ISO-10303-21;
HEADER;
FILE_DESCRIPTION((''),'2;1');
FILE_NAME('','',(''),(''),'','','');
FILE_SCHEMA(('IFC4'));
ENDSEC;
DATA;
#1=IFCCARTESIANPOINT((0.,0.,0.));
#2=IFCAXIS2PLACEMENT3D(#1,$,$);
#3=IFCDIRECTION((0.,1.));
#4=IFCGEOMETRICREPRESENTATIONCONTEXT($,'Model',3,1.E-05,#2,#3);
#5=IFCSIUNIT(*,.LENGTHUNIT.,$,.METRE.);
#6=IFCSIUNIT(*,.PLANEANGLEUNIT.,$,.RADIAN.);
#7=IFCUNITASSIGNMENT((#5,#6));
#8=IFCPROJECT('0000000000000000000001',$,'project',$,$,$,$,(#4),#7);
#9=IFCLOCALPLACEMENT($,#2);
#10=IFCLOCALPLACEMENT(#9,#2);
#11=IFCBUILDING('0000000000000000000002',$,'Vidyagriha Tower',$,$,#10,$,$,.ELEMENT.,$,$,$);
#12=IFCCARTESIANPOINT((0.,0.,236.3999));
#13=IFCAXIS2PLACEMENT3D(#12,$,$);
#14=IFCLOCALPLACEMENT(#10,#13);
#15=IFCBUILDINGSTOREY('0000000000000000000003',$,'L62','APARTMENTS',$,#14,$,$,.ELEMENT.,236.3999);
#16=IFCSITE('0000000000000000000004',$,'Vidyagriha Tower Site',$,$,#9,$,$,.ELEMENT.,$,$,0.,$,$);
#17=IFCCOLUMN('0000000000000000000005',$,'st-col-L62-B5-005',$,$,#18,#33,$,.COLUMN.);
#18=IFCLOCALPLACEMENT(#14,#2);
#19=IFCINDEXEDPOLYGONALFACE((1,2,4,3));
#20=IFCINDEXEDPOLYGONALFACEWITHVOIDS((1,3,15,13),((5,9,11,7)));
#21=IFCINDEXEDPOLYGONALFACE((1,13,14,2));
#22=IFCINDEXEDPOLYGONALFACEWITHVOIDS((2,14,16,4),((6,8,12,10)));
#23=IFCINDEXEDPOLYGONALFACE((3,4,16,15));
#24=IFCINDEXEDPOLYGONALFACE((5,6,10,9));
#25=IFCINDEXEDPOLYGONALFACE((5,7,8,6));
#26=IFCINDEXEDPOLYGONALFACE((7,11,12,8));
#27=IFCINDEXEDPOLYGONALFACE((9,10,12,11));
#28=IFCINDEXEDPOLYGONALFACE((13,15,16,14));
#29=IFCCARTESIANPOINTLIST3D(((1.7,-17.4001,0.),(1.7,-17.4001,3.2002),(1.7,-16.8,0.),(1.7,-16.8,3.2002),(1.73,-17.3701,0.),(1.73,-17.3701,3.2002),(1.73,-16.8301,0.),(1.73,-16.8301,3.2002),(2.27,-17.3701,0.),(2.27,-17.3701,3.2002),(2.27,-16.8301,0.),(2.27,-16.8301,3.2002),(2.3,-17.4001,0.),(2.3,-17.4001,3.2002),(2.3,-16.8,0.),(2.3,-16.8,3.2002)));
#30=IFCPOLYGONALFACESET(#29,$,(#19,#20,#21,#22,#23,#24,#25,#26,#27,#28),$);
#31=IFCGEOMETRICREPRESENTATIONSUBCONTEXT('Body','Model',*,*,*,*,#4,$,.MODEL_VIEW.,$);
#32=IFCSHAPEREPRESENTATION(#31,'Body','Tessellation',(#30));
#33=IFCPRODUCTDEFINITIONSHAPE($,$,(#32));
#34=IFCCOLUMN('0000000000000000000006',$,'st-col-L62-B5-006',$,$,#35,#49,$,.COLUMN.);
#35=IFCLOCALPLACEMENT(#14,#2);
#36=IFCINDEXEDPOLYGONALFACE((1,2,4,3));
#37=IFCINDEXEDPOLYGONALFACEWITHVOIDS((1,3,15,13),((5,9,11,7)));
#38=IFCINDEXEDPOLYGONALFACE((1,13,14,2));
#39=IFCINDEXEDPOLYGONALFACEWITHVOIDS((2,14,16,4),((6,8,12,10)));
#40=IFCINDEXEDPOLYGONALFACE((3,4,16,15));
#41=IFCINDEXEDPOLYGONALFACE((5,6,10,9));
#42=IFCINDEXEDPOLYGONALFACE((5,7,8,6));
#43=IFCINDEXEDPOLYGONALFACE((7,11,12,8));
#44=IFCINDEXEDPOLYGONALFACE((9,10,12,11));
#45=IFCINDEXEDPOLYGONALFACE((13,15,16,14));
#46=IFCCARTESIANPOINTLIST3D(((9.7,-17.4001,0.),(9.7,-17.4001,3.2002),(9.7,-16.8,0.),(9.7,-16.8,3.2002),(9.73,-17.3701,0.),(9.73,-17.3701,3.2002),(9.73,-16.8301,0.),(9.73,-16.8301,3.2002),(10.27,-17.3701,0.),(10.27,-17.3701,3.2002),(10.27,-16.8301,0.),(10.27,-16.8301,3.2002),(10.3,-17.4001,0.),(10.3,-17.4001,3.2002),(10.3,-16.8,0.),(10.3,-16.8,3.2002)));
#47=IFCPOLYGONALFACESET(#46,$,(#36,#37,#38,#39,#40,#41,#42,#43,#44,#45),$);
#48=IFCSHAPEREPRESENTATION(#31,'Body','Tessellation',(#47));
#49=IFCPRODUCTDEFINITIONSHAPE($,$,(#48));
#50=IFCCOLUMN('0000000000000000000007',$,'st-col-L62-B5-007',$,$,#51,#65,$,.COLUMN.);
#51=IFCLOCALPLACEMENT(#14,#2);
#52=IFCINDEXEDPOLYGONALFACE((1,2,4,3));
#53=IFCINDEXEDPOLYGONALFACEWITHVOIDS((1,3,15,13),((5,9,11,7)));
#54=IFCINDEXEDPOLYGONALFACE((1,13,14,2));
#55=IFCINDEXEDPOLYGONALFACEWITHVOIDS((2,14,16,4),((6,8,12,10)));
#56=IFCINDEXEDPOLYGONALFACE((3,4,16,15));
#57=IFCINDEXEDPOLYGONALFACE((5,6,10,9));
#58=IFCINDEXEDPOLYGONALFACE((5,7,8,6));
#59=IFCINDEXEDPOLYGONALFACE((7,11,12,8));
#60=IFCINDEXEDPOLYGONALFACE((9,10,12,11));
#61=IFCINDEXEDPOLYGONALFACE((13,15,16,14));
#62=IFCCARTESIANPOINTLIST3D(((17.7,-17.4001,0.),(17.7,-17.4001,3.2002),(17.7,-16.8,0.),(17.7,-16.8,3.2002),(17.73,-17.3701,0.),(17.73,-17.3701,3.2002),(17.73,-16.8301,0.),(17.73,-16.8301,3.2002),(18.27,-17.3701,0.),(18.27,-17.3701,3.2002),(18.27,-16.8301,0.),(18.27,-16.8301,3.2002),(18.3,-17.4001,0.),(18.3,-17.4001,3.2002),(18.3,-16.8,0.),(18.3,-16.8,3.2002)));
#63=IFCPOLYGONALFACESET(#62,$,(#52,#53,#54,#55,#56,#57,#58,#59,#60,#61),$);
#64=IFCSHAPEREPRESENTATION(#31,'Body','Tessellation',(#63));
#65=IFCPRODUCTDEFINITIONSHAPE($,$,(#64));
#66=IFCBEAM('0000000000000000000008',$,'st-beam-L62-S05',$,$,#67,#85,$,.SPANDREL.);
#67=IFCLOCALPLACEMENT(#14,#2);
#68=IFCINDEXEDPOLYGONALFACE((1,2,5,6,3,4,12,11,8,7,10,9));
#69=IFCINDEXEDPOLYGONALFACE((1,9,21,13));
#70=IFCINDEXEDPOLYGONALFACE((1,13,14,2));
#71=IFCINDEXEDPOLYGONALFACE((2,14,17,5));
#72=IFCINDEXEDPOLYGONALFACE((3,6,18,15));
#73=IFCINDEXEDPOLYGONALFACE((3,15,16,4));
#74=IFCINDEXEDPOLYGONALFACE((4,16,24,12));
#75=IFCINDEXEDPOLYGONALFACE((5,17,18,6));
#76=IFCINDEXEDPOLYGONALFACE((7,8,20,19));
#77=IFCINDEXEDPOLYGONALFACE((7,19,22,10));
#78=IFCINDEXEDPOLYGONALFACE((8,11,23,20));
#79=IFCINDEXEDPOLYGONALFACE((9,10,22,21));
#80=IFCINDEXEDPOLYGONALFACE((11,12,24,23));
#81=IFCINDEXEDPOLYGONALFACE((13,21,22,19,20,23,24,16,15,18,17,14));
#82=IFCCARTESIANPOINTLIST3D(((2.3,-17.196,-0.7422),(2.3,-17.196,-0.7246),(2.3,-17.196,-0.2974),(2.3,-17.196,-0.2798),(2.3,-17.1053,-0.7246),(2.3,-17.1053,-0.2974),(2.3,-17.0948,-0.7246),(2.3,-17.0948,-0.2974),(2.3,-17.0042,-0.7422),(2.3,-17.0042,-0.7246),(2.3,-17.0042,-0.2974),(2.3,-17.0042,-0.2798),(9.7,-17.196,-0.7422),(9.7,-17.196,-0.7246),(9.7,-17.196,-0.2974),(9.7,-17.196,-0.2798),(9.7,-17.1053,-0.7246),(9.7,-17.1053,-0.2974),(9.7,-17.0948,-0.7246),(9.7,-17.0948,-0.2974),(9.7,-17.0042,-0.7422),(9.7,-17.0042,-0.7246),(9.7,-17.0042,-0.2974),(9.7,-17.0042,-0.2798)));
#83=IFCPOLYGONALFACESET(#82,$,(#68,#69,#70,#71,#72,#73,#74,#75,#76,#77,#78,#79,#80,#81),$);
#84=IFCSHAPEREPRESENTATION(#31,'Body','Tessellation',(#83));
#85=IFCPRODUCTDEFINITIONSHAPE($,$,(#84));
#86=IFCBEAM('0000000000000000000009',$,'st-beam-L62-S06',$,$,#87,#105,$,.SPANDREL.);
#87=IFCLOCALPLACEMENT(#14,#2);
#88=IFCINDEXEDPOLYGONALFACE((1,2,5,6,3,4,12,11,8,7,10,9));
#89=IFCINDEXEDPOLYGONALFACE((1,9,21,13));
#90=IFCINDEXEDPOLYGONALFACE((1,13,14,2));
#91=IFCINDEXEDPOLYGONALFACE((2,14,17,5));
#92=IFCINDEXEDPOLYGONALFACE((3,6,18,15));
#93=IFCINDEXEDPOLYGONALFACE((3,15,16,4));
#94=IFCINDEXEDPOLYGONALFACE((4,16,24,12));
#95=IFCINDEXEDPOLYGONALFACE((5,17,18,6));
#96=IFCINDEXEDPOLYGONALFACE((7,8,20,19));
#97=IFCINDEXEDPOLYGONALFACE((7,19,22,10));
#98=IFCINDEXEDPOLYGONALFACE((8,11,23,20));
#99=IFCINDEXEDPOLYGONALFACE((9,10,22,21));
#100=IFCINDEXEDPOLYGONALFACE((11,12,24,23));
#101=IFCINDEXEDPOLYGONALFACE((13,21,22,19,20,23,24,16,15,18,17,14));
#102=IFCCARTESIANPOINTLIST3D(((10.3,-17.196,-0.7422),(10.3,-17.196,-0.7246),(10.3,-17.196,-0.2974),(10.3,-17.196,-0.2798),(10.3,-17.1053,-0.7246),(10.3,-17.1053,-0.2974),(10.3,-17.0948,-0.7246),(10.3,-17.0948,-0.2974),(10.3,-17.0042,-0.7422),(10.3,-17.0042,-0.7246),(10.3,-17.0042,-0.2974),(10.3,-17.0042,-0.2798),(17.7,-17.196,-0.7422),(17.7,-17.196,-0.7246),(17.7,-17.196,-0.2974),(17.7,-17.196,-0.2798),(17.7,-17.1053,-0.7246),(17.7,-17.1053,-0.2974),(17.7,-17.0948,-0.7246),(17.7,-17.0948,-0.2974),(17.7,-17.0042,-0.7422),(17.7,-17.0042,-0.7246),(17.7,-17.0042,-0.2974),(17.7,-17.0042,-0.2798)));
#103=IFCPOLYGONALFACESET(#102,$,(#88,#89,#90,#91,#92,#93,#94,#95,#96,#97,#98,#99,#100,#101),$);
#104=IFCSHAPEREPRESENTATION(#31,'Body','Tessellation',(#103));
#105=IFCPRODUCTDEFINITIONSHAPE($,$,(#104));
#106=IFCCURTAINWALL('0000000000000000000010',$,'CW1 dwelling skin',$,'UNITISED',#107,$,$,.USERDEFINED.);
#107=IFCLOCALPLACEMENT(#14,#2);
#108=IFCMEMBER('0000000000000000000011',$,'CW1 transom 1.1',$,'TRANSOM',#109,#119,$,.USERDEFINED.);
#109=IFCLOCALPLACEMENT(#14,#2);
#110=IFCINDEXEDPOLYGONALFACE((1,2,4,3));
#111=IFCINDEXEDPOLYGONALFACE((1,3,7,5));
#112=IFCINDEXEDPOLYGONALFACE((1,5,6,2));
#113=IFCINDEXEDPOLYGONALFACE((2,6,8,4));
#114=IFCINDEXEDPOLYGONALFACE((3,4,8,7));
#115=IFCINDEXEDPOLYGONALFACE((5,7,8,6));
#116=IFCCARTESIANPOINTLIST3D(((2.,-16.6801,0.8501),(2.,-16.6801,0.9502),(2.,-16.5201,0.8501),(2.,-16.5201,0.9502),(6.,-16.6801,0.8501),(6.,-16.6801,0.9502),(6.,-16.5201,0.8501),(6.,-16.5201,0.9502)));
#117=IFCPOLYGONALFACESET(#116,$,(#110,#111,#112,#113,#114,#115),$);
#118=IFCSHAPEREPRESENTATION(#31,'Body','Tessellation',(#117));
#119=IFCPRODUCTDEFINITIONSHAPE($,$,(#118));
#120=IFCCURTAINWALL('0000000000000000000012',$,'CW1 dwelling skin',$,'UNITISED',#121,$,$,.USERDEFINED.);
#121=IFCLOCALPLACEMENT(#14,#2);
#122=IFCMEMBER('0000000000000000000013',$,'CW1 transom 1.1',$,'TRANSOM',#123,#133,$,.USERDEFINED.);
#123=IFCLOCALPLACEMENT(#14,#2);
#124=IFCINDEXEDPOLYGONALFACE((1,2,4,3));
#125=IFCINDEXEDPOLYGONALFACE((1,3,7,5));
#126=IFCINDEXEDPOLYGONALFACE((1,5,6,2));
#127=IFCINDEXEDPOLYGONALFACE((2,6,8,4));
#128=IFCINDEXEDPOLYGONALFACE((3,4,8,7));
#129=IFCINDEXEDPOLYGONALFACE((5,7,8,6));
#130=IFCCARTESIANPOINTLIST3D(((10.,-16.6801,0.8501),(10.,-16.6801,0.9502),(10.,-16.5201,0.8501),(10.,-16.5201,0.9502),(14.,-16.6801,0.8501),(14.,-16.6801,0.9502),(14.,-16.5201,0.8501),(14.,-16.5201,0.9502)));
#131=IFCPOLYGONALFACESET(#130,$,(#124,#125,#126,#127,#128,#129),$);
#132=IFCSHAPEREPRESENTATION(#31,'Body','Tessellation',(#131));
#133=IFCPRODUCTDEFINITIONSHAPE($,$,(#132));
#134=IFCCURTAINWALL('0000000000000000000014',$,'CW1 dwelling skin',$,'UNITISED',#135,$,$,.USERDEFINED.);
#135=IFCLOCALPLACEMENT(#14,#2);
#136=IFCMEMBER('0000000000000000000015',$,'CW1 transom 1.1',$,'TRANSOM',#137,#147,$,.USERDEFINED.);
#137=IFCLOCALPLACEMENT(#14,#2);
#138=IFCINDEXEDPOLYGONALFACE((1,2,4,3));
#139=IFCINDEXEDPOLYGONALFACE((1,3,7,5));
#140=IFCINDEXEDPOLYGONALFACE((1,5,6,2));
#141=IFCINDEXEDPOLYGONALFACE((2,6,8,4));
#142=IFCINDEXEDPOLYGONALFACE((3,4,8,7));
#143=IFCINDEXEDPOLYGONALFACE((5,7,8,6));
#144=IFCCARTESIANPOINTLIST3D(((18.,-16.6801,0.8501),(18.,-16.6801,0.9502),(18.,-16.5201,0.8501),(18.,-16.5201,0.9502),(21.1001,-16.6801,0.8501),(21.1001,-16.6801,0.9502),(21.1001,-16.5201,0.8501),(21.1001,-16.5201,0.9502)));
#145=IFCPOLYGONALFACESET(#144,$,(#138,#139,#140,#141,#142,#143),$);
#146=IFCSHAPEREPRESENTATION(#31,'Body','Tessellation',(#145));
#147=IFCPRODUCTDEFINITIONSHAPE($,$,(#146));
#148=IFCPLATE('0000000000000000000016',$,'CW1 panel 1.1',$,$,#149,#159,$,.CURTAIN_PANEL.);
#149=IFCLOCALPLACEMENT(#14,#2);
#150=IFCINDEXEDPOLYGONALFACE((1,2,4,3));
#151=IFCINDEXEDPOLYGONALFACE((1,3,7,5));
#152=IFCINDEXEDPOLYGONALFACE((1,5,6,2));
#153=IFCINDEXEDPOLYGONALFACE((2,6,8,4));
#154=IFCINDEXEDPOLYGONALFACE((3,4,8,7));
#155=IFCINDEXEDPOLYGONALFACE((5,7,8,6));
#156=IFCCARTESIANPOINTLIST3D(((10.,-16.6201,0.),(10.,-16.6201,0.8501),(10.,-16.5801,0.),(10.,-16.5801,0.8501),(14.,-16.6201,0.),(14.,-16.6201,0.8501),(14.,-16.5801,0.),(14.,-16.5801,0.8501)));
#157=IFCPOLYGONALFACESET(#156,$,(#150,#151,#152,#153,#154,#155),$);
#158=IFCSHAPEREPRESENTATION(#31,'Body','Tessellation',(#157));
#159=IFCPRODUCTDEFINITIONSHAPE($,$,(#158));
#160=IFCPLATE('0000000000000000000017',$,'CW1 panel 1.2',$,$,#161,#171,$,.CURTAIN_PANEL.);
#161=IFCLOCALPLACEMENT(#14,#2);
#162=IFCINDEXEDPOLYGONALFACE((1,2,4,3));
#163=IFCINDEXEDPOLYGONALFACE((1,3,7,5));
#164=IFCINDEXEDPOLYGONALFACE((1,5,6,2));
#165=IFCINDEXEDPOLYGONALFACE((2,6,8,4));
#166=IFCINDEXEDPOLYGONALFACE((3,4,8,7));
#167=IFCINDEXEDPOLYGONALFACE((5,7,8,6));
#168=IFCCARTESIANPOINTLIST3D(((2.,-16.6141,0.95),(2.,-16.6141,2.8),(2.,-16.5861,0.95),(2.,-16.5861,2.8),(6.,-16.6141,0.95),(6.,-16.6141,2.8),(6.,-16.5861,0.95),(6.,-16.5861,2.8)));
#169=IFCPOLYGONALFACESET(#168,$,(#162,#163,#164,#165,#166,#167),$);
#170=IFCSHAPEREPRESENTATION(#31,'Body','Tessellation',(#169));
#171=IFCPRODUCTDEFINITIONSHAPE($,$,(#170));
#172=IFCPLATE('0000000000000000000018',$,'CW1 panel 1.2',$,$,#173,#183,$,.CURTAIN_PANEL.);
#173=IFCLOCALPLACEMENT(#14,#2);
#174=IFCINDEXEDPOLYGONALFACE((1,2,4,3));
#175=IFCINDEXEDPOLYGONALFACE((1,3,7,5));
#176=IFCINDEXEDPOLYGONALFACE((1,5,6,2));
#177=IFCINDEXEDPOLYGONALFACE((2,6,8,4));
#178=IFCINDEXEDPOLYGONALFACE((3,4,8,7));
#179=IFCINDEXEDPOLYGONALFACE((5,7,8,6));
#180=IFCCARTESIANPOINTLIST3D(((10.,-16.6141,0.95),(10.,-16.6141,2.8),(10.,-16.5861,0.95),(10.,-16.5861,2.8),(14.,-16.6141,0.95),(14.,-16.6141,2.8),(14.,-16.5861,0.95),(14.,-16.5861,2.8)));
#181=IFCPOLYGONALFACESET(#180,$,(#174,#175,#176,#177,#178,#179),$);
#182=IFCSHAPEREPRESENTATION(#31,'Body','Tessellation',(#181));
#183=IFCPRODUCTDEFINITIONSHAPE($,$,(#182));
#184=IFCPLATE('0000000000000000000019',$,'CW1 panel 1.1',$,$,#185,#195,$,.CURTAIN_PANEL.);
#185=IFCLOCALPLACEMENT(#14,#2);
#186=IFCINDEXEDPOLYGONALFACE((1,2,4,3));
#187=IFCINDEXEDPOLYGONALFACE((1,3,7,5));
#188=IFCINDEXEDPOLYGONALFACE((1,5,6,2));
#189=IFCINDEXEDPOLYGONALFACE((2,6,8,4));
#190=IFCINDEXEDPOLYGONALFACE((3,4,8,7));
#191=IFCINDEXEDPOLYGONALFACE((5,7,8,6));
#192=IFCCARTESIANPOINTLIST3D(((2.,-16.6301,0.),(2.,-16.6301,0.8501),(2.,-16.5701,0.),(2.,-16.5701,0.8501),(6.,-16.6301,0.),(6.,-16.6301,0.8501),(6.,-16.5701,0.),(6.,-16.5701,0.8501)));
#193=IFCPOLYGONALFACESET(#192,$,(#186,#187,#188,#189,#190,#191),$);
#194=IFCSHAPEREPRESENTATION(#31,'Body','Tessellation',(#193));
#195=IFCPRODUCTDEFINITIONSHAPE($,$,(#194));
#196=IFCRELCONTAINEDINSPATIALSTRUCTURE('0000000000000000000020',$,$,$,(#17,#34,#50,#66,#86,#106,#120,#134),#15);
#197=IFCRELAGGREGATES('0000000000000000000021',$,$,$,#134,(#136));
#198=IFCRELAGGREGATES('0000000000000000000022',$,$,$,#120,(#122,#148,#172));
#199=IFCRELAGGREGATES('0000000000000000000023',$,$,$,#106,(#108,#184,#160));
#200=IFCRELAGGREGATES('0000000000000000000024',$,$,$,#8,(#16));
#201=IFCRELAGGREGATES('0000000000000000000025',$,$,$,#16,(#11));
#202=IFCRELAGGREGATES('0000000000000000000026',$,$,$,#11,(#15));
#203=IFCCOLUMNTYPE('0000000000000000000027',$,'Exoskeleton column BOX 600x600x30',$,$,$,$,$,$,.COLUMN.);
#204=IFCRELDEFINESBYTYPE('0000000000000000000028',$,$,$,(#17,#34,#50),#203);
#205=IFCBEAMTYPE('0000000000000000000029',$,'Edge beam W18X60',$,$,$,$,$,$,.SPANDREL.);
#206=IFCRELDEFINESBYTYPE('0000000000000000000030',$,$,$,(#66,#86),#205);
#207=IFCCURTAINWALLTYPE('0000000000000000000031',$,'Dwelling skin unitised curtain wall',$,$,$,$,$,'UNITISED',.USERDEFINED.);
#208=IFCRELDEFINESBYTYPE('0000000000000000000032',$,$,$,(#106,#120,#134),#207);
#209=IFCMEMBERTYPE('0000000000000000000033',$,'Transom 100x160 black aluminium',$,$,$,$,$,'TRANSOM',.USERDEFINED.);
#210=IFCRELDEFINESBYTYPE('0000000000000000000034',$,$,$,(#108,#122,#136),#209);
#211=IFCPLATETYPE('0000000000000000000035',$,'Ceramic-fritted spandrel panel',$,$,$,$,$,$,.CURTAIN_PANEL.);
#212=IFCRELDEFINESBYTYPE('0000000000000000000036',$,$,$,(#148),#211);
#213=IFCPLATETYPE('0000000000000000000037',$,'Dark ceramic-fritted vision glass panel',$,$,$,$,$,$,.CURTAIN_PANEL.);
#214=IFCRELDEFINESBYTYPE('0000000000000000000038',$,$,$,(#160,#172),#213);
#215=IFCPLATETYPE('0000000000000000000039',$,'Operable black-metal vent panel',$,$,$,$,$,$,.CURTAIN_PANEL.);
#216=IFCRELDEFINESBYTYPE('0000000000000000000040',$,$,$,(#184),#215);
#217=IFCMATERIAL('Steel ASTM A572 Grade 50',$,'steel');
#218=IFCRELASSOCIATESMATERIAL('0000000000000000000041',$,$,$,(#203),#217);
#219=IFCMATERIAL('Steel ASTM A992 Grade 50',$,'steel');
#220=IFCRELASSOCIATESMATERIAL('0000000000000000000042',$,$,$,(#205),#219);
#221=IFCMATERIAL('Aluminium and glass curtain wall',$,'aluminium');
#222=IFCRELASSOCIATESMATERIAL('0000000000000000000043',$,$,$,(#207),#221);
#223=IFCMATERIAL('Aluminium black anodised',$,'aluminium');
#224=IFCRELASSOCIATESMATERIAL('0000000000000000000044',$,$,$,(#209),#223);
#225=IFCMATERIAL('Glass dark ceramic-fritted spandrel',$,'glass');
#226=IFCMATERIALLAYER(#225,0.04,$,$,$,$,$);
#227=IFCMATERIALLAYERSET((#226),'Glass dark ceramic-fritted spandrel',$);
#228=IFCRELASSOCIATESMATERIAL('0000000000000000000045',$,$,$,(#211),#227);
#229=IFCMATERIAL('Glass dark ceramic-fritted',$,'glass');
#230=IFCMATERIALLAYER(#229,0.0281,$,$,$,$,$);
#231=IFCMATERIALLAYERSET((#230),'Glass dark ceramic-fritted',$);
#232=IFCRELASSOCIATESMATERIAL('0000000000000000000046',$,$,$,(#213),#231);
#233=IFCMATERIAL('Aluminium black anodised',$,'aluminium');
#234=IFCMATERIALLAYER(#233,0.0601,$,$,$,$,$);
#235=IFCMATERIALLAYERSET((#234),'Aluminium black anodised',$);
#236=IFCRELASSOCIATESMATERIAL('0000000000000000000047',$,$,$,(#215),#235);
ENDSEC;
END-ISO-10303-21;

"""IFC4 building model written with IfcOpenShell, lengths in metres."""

from ifc_helpers import new_model, si_unit, direction, frame, origin, origin_2d, place, context, subcontext, project, spatial, rectangle, hollow_rectangle, i_section, extrude, material, layer, layer_set, material_profile, profile_set, type_object, element, aggregate, save


model = new_model("IFC4")

# Units and contexts
model_context = context("Model", 3, precision=1e-05, world=origin(), true_north=direction((0.0, 1.0)))
body_context = subcontext(model_context, "Body", "Model", "MODEL_VIEW")
ifc_project = project(units=[si_unit("LENGTHUNIT", "METRE"), si_unit("PLANEANGLEUNIT", "RADIAN")], contexts=[model_context])

# Site, building, storey
site_placement = place(None, origin())
site = spatial("IfcSite", under=ifc_project, at=site_placement, Name="Vidyagriha Tower Site", CompositionType="ELEMENT", RefElevation=0.0)
building_placement = place(site_placement, origin())
building = spatial("IfcBuilding", under=site, at=building_placement, Name="Vidyagriha Tower", CompositionType="ELEMENT")
storey_placement = place(building_placement, frame((0.0, 0.0, 236.3999)))
storey = spatial("IfcBuildingStorey", under=building, at=storey_placement, Name="L62", Description="APARTMENTS", CompositionType="ELEMENT", Elevation=236.3999)

# Columns
ifc_material_1 = material(Name="Steel ASTM A572 Grade 50", Category="steel")
ifc_material_profile_1 = material_profile(ifc_material_1, hollow_rectangle(XDim=0.6001, YDim=0.6001, WallThickness=0.03, at=origin_2d()), Name="BOX 600x600x30")
ifc_profile_set_1 = profile_set([ifc_material_profile_1], Name="Steel ASTM A572 Grade 50")
column_type = type_object("IfcColumnType", Name="Exoskeleton column BOX 600x600x30", PredefinedType="COLUMN", material=ifc_profile_set_1)
for number, where, name in (
    (1, (2.0, -17.1001, 0.0), "st-col-L62-B5-005"),
    (2, (10.0, -17.1001, 0.0), "st-col-L62-B5-006"),
    (3, (18.0, -17.1001, 0.0), "st-col-L62-B5-007"),
):
    element("IfcColumn", number, at=place(storey_placement, frame(where)), inside=storey, type_object=column_type, Name=name, PredefinedType="COLUMN", context=body_context, shape_type="SweptSolid", body=[
        extrude(hollow_rectangle(XDim=0.6001, YDim=0.6001, WallThickness=0.03, at=origin_2d()), origin(), (0.0, 0.0, 1.0), 3.2002),
    ])

# Beams
ifc_material_2 = material(Name="Steel ASTM A992 Grade 50", Category="steel")
ifc_material_profile_2 = material_profile(ifc_material_2, i_section(OverallWidth=0.1919, OverallDepth=0.4624, WebThickness=0.0105, FlangeThickness=0.0176, at=origin_2d()), Name="W18X60")
ifc_profile_set_2 = profile_set([ifc_material_profile_2], Name="Steel ASTM A992 Grade 50")
beam_type = type_object("IfcBeamType", Name="Edge beam W18X60", PredefinedType="SPANDREL", material=ifc_profile_set_2)
for number, where, z_axis, x_axis, name in (
    (4, (2.3, -17.1001, -0.511), (1.0, 0.0, 0.0), (0.0, 1.0, 0.0), "st-beam-L62-S05"),
    (5, (10.3, -17.1001, -0.511), (1.0, 0.0, 0.0), (0.0, 1.0, 0.0), "st-beam-L62-S06"),
):
    element("IfcBeam", number, at=place(storey_placement, frame(where, z_axis=z_axis, x_axis=x_axis)), inside=storey, type_object=beam_type, Name=name, PredefinedType="SPANDREL", context=body_context, shape_type="SweptSolid", body=[
        extrude(i_section(OverallWidth=0.1919, OverallDepth=0.4624, WebThickness=0.0105, FlangeThickness=0.0176, at=origin_2d()), origin(), (0.0, 0.0, 1.0), 7.3999),
    ])

# Curtain walls, members
ifc_material_3 = material(Name="Aluminium and glass curtain wall", Category="aluminium")
curtain_wall_type = type_object("IfcCurtainWallType", Name="Dwelling skin unitised curtain wall", ElementType="UNITISED", PredefinedType="USERDEFINED", material=ifc_material_3)
curtain_wall_1_placement = place(storey_placement, origin())
curtain_wall_1 = element("IfcCurtainWall", 6, at=curtain_wall_1_placement, inside=storey, type_object=curtain_wall_type, Name="CW1 dwelling skin", ObjectType="UNITISED", PredefinedType="USERDEFINED")
ifc_material_4 = material(Name="Aluminium black anodised", Category="aluminium")
ifc_material_profile_3 = material_profile(ifc_material_4, rectangle(XDim=0.1599, YDim=0.1001, at=origin_2d()), Name="Transom 100x160 black aluminium")
ifc_profile_set_3 = profile_set([ifc_material_profile_3], Name="Aluminium black anodised")
member_type = type_object("IfcMemberType", Name="Transom 100x160 black aluminium", ElementType="TRANSOM", PredefinedType="USERDEFINED", material=ifc_profile_set_3)
member_1_placement = place(storey_placement, frame((2.0, -16.6001, 0.9001), z_axis=(1.0, 0.0, 0.0), x_axis=(0.0, 1.0, 0.0)))
member_1 = element("IfcMember", 7, at=member_1_placement, type_object=member_type, Name="CW1 transom 1.1", ObjectType="TRANSOM", PredefinedType="USERDEFINED", context=body_context, shape_type="SweptSolid", body=[
    extrude(rectangle(XDim=0.1599, YDim=0.1001, at=origin_2d()), origin(), (0.0, 0.0, 1.0), 4.0),
])
curtain_wall_2_placement = place(storey_placement, origin())
curtain_wall_2 = element("IfcCurtainWall", 8, at=curtain_wall_2_placement, inside=storey, type_object=curtain_wall_type, Name="CW1 dwelling skin", ObjectType="UNITISED", PredefinedType="USERDEFINED")
member_2_placement = place(storey_placement, frame((10.0, -16.6001, 0.9001), z_axis=(1.0, 0.0, 0.0), x_axis=(0.0, 1.0, 0.0)))
member_2 = element("IfcMember", 9, at=member_2_placement, type_object=member_type, Name="CW1 transom 1.1", ObjectType="TRANSOM", PredefinedType="USERDEFINED", context=body_context, shape_type="SweptSolid", body=[
    extrude(rectangle(XDim=0.1599, YDim=0.1001, at=origin_2d()), origin(), (0.0, 0.0, 1.0), 4.0),
])
curtain_wall_3_placement = place(storey_placement, origin())
curtain_wall_3 = element("IfcCurtainWall", 10, at=curtain_wall_3_placement, inside=storey, type_object=curtain_wall_type, Name="CW1 dwelling skin", ObjectType="UNITISED", PredefinedType="USERDEFINED")
member_3_placement = place(storey_placement, frame((18.0, -16.6001, 0.9001), z_axis=(1.0, 0.0, 0.0), x_axis=(0.0, 1.0, 0.0)))
member_3 = element("IfcMember", 11, at=member_3_placement, type_object=member_type, Name="CW1 transom 1.1", ObjectType="TRANSOM", PredefinedType="USERDEFINED", context=body_context, shape_type="SweptSolid", body=[
    extrude(rectangle(XDim=0.1599, YDim=0.1001, at=origin_2d()), origin(), (0.0, 0.0, 1.0), 3.1001),
])
aggregate(curtain_wall_3, [member_3])

# Plates
ifc_material_5 = material(Name="Glass dark ceramic-fritted spandrel", Category="glass")
ifc_layer_1 = layer(ifc_material_5, 0.04)
ifc_layer_set_1 = layer_set([ifc_layer_1], Name="Glass dark ceramic-fritted spandrel")
plate_type_1 = type_object("IfcPlateType", Name="Ceramic-fritted spandrel panel", PredefinedType="CURTAIN_PANEL", material=ifc_layer_set_1)
plate_1_placement = place(storey_placement, frame((12.0, -16.6001, 0.0)))
plate_1 = element("IfcPlate", 12, at=plate_1_placement, type_object=plate_type_1, Name="CW1 panel 1.1", PredefinedType="CURTAIN_PANEL", context=body_context, shape_type="SweptSolid", body=[
    extrude(rectangle(XDim=4.0, YDim=0.04, at=origin_2d()), origin(), (0.0, 0.0, 1.0), 0.8501),
])
ifc_material_6 = material(Name="Glass dark ceramic-fritted", Category="glass")
ifc_layer_2 = layer(ifc_material_6, 0.0281)
ifc_layer_set_2 = layer_set([ifc_layer_2], Name="Glass dark ceramic-fritted")
plate_type_2 = type_object("IfcPlateType", Name="Dark ceramic-fritted vision glass panel", PredefinedType="CURTAIN_PANEL", material=ifc_layer_set_2)
plate_2_placement = place(storey_placement, frame((4.0, -16.6001, 0.95)))
plate_2 = element("IfcPlate", 13, at=plate_2_placement, type_object=plate_type_2, Name="CW1 panel 1.2", PredefinedType="CURTAIN_PANEL", context=body_context, shape_type="SweptSolid", body=[
    extrude(rectangle(XDim=4.0, YDim=0.0281, at=origin_2d()), origin(), (0.0, 0.0, 1.0), 1.8501),
])
plate_3_placement = place(storey_placement, frame((12.0, -16.6001, 0.95)))
plate_3 = element("IfcPlate", 14, at=plate_3_placement, type_object=plate_type_2, Name="CW1 panel 1.2", PredefinedType="CURTAIN_PANEL", context=body_context, shape_type="SweptSolid", body=[
    extrude(rectangle(XDim=4.0, YDim=0.0281, at=origin_2d()), origin(), (0.0, 0.0, 1.0), 1.8501),
])
aggregate(curtain_wall_2, [member_2, plate_1, plate_3])
ifc_material_7 = material(Name="Aluminium black anodised", Category="aluminium")
ifc_layer_3 = layer(ifc_material_7, 0.0601)
ifc_layer_set_3 = layer_set([ifc_layer_3], Name="Aluminium black anodised")
plate_type_3 = type_object("IfcPlateType", Name="Operable black-metal vent panel", PredefinedType="CURTAIN_PANEL", material=ifc_layer_set_3)
plate_4_placement = place(storey_placement, frame((4.0, -16.6001, 0.0)))
plate_4 = element("IfcPlate", 15, at=plate_4_placement, type_object=plate_type_3, Name="CW1 panel 1.1", PredefinedType="CURTAIN_PANEL", context=body_context, shape_type="SweptSolid", body=[
    extrude(rectangle(XDim=4.0, YDim=0.0601, at=origin_2d()), origin(), (0.0, 0.0, 1.0), 0.8501),
])
aggregate(curtain_wall_1, [member_1, plate_4, plate_2])

save(model, "model.ifc")
